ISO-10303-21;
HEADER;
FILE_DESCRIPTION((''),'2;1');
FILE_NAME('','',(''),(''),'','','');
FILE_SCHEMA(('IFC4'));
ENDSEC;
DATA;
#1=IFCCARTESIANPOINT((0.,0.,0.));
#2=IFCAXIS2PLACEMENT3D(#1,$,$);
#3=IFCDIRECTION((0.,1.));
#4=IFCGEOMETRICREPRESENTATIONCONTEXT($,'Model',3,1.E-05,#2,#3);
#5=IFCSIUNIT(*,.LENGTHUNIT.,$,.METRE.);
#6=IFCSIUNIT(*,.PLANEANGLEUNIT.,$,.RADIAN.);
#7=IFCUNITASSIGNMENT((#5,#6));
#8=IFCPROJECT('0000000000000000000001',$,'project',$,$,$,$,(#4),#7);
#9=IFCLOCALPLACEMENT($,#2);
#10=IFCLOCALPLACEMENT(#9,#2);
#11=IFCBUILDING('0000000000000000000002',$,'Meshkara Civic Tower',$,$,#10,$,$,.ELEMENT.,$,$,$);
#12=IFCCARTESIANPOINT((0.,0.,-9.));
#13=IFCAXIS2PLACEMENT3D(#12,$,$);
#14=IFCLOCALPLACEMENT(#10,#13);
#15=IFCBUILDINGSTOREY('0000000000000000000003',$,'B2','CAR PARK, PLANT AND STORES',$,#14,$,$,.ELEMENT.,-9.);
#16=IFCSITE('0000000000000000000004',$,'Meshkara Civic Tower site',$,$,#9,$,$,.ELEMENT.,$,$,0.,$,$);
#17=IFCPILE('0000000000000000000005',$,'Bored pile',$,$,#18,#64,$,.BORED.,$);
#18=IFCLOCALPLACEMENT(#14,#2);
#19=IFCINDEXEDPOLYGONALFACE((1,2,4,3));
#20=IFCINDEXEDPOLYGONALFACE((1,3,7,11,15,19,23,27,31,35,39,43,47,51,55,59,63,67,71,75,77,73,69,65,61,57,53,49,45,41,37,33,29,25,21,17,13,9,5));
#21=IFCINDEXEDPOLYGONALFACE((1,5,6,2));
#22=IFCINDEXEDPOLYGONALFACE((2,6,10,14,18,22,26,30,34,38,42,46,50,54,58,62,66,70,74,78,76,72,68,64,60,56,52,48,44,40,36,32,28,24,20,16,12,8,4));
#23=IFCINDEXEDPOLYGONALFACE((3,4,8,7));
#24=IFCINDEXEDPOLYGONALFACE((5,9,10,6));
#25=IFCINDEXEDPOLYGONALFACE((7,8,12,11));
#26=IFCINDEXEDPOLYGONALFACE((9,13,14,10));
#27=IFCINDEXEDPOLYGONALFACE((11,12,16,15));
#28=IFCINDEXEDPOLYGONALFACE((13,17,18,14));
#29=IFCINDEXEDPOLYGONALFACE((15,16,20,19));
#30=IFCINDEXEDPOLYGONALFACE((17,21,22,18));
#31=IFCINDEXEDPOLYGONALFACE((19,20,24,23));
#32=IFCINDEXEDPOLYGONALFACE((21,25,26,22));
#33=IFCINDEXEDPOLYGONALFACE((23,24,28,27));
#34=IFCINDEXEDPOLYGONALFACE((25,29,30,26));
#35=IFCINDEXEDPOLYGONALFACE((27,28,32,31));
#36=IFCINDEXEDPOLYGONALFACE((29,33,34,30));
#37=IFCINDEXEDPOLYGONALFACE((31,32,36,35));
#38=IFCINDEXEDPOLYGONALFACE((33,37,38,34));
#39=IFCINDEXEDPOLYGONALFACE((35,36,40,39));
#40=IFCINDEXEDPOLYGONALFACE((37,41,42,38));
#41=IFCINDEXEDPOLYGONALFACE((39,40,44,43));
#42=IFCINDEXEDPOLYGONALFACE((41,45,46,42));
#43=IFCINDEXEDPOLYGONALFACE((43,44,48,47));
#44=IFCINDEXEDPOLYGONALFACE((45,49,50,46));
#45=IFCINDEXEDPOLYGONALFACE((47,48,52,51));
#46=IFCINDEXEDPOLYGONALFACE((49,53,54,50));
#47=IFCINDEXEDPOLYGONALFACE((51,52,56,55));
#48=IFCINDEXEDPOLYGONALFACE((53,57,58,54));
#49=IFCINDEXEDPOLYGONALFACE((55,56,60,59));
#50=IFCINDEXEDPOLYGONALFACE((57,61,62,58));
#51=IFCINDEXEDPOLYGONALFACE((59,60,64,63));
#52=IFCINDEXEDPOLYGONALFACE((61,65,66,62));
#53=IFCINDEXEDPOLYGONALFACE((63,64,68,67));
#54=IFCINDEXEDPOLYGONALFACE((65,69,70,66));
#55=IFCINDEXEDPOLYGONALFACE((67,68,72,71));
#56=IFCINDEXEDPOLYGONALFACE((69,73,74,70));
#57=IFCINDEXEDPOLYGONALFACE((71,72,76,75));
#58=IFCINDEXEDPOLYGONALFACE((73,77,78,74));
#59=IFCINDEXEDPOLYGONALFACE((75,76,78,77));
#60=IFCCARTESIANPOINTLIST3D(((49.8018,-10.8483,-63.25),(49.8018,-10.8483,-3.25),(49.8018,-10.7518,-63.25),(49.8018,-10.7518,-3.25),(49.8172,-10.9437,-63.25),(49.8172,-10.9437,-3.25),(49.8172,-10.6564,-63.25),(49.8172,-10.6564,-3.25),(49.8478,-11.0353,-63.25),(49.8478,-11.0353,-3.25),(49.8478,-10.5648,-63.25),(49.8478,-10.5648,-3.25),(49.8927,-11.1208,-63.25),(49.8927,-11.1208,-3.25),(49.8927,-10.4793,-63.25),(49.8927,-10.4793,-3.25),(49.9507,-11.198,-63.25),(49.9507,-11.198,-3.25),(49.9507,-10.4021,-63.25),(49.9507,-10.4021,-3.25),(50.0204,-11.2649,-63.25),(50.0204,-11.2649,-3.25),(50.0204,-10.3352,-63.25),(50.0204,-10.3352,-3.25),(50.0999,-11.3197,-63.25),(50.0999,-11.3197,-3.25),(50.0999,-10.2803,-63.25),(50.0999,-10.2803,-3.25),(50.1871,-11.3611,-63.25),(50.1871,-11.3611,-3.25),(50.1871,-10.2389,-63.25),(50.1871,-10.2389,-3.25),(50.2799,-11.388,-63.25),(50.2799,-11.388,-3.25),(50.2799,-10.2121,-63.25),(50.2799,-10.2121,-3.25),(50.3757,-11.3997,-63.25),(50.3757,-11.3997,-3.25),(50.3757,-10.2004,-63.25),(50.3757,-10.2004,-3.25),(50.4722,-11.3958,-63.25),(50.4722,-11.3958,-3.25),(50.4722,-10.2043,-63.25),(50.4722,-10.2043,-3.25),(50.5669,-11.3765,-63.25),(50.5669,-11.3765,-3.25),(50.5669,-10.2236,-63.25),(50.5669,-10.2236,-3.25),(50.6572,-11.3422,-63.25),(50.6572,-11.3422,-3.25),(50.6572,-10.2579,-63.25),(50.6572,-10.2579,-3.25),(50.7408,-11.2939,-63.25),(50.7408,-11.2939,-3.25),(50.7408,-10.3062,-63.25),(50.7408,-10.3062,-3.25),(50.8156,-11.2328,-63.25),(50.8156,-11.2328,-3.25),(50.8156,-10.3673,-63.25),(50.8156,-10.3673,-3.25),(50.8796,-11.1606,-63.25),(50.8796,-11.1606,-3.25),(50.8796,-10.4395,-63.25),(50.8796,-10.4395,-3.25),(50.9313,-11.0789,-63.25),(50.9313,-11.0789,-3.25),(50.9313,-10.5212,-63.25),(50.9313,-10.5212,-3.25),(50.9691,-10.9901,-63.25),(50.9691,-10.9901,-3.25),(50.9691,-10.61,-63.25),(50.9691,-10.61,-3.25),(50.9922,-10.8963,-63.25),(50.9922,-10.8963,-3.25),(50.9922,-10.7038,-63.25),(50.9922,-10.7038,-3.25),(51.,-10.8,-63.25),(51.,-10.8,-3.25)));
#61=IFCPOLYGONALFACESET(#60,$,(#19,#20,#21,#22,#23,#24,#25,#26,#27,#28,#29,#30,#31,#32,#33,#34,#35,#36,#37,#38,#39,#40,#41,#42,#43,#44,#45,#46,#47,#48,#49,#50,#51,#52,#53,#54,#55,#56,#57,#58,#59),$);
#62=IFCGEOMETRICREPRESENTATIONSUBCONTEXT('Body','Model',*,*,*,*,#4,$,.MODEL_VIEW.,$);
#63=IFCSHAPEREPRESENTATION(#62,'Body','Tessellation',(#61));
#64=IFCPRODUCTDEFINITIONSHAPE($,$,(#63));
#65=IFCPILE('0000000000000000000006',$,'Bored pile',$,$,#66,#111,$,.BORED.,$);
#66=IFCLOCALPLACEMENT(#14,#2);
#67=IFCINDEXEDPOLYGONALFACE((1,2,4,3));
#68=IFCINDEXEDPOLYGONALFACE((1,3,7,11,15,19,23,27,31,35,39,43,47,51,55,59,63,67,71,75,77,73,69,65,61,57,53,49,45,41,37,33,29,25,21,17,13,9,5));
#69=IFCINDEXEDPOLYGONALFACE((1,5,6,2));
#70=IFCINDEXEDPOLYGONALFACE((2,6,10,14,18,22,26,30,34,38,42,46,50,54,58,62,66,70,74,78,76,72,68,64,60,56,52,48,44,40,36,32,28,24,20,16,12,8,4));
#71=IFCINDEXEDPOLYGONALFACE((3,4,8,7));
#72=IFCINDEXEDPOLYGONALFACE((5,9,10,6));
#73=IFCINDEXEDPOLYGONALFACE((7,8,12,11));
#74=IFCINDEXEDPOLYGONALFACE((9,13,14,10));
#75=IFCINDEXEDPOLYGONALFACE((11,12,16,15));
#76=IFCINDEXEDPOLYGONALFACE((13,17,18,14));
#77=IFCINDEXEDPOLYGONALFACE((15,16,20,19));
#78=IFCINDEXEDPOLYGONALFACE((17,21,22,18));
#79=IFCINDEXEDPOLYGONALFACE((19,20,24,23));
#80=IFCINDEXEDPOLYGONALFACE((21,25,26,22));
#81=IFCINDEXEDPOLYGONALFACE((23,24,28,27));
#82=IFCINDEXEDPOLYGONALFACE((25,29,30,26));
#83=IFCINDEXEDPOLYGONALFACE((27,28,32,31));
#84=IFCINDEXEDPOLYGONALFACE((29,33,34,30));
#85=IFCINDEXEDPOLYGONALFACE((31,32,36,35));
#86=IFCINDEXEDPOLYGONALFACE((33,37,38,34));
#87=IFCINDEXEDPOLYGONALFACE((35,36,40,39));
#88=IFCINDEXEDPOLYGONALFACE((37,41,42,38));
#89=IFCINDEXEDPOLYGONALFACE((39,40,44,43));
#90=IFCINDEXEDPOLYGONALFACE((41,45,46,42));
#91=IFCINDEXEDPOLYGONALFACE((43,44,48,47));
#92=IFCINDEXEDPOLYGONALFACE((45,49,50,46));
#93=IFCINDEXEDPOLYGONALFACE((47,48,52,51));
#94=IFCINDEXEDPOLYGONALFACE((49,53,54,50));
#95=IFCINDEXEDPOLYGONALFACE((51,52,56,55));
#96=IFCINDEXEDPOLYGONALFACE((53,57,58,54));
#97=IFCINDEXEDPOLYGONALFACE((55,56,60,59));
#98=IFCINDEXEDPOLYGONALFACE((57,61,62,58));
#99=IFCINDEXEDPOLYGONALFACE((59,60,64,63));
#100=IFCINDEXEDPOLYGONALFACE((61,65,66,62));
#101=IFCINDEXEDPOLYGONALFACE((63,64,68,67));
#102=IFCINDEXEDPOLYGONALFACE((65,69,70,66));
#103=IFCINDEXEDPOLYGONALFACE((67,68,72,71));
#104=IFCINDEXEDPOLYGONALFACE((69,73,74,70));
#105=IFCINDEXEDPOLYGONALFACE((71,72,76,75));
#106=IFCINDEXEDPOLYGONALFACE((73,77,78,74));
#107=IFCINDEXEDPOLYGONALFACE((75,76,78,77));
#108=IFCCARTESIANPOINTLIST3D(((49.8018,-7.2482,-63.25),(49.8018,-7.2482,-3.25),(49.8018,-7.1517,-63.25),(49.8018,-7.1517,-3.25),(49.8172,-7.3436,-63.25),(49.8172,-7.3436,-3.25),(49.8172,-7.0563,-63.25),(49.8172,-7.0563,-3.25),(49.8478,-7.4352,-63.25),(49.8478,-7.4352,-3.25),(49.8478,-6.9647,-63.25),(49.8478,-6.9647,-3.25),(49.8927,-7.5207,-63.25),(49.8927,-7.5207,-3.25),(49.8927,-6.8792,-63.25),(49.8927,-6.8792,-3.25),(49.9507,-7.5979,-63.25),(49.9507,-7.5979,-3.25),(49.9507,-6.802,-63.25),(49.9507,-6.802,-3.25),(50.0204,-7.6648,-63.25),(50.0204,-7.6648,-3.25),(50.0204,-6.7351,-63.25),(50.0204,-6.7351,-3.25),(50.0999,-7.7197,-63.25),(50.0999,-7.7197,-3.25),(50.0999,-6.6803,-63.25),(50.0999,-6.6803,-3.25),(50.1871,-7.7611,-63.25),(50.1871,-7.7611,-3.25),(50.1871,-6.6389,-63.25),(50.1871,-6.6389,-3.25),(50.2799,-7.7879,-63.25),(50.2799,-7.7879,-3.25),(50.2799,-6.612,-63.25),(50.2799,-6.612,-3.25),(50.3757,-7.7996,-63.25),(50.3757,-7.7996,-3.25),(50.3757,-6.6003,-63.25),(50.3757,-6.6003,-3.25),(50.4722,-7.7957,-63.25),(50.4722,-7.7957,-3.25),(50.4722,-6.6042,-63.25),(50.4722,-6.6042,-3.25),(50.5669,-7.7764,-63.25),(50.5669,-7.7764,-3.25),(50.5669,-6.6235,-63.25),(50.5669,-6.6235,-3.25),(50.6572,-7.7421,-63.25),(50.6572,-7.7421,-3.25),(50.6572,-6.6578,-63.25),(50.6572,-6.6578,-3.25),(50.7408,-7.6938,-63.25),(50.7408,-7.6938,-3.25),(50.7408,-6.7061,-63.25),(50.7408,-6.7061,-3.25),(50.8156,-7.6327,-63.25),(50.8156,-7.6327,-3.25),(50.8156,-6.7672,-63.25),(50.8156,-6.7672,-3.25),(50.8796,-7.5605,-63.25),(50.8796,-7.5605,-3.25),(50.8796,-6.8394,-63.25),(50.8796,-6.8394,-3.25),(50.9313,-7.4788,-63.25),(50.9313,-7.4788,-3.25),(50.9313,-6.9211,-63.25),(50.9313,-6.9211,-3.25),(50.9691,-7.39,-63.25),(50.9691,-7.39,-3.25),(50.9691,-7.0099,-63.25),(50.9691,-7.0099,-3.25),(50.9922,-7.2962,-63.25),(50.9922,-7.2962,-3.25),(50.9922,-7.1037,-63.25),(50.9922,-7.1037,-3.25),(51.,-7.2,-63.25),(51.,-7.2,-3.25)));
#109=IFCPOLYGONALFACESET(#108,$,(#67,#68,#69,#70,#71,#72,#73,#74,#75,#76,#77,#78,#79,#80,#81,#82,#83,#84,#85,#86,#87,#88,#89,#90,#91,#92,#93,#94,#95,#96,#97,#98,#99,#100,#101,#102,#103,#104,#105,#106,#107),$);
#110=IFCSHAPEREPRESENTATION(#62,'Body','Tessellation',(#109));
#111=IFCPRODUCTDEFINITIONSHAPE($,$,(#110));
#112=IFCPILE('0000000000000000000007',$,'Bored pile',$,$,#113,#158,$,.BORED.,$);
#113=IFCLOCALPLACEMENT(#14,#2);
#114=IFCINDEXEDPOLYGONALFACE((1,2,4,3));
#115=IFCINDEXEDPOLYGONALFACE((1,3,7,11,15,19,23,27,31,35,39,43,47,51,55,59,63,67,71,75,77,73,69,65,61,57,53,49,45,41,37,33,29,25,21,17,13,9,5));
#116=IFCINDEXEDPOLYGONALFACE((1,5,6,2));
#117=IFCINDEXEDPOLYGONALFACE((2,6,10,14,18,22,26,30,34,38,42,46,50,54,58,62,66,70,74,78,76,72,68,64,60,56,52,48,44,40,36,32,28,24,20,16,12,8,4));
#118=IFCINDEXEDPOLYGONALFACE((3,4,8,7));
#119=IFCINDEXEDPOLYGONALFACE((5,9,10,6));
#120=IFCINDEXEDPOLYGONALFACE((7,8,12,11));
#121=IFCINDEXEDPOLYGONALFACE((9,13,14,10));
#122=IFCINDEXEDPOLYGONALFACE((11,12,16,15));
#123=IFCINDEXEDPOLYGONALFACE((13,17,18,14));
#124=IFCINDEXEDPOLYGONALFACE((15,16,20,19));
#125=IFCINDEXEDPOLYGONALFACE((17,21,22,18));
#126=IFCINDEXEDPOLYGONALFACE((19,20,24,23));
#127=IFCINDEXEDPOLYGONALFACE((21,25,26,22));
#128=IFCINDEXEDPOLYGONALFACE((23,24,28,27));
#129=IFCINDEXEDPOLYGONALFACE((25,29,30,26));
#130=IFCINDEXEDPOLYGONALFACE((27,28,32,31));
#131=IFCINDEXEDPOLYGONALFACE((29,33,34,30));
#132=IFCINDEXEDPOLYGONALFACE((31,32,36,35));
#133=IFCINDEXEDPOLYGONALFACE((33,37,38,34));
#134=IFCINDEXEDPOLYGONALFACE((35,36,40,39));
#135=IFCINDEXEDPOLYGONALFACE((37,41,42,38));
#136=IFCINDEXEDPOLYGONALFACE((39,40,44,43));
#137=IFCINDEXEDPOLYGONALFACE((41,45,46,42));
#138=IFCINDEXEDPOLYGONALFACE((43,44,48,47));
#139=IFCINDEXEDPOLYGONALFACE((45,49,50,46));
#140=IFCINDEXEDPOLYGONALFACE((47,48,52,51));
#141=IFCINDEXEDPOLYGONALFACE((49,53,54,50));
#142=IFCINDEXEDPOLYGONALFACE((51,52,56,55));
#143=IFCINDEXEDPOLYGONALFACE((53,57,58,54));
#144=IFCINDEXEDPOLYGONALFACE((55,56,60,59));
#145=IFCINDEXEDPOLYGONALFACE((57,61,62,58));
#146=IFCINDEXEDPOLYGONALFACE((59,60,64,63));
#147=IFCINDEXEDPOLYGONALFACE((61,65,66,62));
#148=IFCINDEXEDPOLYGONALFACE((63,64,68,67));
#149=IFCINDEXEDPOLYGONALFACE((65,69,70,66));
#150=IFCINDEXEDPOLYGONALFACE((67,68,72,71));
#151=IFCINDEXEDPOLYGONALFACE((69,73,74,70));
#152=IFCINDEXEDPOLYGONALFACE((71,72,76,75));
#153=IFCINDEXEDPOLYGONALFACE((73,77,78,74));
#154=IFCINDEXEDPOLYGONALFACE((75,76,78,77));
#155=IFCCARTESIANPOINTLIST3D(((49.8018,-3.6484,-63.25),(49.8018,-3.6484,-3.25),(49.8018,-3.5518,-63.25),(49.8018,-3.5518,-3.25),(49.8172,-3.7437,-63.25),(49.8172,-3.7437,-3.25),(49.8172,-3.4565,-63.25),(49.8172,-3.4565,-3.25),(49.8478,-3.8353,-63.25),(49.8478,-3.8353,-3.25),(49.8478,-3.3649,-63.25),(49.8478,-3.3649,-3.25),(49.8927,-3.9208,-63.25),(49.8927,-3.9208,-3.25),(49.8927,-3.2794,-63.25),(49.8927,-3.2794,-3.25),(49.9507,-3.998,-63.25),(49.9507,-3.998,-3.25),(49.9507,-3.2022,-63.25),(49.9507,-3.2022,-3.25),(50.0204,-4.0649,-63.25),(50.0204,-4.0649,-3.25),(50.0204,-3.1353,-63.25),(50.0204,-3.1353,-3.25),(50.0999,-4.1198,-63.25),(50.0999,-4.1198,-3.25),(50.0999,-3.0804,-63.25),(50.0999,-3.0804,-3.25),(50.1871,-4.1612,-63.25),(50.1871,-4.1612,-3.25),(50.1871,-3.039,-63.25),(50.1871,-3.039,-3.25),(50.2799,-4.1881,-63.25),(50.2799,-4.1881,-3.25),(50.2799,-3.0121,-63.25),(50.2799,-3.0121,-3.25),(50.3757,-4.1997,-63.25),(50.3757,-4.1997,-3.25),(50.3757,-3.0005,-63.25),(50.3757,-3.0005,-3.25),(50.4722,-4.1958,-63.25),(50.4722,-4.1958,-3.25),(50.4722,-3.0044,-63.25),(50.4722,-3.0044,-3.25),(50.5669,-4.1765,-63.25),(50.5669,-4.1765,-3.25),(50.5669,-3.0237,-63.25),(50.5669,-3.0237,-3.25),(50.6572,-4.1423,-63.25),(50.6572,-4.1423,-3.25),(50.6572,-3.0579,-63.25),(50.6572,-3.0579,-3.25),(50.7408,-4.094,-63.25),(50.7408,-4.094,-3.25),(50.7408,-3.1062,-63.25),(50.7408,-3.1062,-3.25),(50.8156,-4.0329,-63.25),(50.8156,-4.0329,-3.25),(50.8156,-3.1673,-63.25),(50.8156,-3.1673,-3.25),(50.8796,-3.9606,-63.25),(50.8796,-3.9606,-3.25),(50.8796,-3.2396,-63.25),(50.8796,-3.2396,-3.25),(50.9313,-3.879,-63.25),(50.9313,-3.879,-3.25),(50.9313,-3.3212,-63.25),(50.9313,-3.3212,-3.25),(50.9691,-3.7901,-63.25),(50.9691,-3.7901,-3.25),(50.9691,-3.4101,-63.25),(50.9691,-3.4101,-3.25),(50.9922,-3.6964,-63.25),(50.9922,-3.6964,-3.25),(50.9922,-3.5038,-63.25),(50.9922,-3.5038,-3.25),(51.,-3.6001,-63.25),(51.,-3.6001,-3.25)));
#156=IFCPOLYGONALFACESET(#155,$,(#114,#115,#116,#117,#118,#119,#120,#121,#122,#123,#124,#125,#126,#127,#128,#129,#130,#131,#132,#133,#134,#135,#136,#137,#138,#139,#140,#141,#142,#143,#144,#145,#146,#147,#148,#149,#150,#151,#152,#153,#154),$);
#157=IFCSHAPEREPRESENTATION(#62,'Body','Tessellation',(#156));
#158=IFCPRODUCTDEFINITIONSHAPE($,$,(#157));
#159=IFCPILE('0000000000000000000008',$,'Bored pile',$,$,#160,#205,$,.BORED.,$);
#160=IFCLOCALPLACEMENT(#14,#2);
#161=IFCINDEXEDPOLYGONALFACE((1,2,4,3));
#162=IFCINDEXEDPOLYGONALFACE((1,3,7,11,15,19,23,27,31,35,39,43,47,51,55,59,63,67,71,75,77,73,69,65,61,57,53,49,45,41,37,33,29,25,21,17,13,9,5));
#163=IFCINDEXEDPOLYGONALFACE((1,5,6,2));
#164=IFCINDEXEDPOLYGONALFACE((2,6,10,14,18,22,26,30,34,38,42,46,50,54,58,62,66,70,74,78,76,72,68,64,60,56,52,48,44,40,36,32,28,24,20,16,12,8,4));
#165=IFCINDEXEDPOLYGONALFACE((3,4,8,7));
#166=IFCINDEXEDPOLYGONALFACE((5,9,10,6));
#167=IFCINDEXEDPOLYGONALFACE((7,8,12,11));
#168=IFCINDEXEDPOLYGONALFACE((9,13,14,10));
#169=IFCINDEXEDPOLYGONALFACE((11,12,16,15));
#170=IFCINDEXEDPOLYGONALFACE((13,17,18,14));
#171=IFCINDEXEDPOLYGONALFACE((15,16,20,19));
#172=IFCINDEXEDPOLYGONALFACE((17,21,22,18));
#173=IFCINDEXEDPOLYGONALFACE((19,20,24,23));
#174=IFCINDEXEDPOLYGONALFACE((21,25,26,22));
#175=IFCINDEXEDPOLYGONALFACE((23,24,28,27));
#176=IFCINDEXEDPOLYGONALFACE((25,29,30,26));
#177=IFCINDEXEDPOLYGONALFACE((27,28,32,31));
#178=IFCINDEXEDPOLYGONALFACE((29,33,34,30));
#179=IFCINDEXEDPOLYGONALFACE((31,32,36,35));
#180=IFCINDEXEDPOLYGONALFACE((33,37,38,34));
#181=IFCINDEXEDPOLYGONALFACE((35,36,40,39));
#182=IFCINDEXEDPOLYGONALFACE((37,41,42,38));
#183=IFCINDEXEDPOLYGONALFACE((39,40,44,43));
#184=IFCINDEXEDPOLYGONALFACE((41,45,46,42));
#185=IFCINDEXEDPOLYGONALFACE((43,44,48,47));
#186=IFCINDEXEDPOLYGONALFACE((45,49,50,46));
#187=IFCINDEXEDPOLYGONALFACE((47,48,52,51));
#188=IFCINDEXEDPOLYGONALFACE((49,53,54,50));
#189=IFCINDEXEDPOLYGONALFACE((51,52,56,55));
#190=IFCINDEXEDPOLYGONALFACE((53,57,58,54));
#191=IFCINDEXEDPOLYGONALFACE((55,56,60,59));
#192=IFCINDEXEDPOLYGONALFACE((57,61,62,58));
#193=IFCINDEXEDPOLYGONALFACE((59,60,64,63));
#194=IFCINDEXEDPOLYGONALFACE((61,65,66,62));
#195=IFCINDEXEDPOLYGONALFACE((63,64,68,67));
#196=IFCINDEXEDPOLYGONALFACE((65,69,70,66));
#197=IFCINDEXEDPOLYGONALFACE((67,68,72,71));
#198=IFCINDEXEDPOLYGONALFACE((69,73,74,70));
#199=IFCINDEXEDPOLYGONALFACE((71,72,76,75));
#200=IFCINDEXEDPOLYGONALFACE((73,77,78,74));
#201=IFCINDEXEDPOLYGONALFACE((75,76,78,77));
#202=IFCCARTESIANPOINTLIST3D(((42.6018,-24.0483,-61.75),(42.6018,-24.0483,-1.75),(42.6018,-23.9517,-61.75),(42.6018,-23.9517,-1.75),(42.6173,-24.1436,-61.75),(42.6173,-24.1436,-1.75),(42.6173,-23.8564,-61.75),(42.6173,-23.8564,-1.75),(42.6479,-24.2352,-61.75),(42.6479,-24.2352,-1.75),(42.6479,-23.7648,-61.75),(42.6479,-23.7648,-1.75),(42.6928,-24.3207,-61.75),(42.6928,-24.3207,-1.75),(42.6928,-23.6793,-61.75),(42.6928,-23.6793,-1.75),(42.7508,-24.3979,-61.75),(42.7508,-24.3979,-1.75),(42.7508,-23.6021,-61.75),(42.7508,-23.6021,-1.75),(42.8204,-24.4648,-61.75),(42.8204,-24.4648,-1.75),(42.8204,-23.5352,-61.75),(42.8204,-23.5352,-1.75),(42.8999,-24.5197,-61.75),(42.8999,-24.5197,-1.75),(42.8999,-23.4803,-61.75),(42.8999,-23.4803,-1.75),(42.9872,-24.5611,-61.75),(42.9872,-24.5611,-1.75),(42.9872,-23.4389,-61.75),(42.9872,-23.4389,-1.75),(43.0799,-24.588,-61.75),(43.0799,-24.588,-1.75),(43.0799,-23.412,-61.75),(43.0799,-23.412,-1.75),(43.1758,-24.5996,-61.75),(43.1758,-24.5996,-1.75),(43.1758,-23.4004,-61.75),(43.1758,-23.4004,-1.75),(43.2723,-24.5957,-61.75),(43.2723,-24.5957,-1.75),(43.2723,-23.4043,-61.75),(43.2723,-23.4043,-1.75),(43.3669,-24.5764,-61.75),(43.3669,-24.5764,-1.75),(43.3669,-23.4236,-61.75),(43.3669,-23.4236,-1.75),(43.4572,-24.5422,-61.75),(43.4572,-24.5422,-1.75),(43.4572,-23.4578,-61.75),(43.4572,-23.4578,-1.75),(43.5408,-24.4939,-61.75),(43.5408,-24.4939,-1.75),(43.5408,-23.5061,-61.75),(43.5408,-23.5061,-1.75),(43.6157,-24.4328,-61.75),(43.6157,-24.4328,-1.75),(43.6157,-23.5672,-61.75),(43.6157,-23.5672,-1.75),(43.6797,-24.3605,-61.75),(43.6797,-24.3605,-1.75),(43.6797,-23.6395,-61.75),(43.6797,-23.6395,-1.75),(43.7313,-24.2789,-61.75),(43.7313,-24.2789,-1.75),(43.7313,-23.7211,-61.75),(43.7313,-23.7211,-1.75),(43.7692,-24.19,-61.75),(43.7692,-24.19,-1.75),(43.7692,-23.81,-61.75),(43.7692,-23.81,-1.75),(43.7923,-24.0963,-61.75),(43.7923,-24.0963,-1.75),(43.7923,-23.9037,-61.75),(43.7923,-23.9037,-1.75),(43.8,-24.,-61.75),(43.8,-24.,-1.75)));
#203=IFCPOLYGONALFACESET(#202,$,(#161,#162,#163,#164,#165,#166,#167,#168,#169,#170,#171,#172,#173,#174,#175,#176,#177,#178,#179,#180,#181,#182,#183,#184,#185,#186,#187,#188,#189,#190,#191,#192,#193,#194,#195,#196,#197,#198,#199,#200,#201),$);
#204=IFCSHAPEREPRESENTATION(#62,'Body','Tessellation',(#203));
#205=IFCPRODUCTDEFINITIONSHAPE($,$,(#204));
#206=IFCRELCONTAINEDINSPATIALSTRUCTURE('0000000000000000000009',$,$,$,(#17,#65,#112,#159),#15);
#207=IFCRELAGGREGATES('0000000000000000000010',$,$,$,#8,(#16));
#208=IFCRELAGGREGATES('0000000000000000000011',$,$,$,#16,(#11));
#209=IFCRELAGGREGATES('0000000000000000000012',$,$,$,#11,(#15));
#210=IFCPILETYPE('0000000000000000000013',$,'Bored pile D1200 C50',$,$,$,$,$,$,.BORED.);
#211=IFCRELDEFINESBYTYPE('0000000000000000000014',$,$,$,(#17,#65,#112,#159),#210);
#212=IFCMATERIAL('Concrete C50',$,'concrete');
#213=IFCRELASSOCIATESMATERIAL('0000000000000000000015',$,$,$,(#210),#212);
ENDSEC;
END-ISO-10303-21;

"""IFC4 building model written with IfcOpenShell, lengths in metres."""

from ifc_helpers import new_model, si_unit, direction, frame, origin, origin_2d, place, context, subcontext, project, spatial, circle, extrude, material, material_profile, profile_set, type_object, element, save


model = new_model("IFC4")

# Units and contexts
model_context = context("Model", 3, precision=1e-05, world=origin(), true_north=direction((0.0, 1.0)))
body_context = subcontext(model_context, "Body", "Model", "MODEL_VIEW")
ifc_project = project(units=[si_unit("LENGTHUNIT", "METRE"), si_unit("PLANEANGLEUNIT", "RADIAN")], contexts=[model_context])

# Site, building, storey
site_placement = place(None, origin())
site = spatial("IfcSite", under=ifc_project, at=site_placement, Name="Meshkara Civic Tower site", CompositionType="ELEMENT", RefElevation=0.0)
building_placement = place(site_placement, origin())
building = spatial("IfcBuilding", under=site, at=building_placement, Name="Meshkara Civic Tower", CompositionType="ELEMENT")
storey_placement = place(building_placement, frame((0.0, 0.0, -9.0)))
storey = spatial("IfcBuildingStorey", under=building, at=storey_placement, Name="B2", Description="CAR PARK, PLANT AND STORES", CompositionType="ELEMENT", Elevation=-9.0)

# Piles
ifc_material_1 = material(Name="Concrete C50", Category="concrete")
ifc_material_profile_1 = material_profile(ifc_material_1, circle(Radius=0.6001, at=origin_2d()))
ifc_profile_set_1 = profile_set([ifc_material_profile_1], Name="Concrete C50")
pile_type = type_object("IfcPileType", Name="Bored pile D1200 C50", PredefinedType="BORED", material=ifc_profile_set_1)
for number, where, z_axis, x_axis, name in (
    (1, (50.3999, -10.8, -3.25), (0.0, 0.0, -1.0), (1.0, 0.0, 0.0), "Bored pile"),
    (2, (50.3999, -7.2, -3.25), (0.0, 0.0, -1.0), (1.0, 0.0, 0.0), "Bored pile"),
    (3, (50.3999, -3.6001, -3.25), (0.0, 0.0, -1.0), (1.0, 0.0, 0.0), "Bored pile"),
    (4, (43.2, -24.0, -1.75), (0.0, 0.0, -1.0), (1.0, 0.0, 0.0), "Bored pile"),
):
    element("IfcPile", number, at=place(storey_placement, frame(where, z_axis=z_axis, x_axis=x_axis)), inside=storey, type_object=pile_type, Name=name, PredefinedType="BORED", context=body_context, shape_type="SweptSolid", body=[
        extrude(circle(Radius=0.6001, at=origin_2d()), origin(), (0.0, 0.0, 1.0), 60.0),
    ])

save(model, "model.ifc")
